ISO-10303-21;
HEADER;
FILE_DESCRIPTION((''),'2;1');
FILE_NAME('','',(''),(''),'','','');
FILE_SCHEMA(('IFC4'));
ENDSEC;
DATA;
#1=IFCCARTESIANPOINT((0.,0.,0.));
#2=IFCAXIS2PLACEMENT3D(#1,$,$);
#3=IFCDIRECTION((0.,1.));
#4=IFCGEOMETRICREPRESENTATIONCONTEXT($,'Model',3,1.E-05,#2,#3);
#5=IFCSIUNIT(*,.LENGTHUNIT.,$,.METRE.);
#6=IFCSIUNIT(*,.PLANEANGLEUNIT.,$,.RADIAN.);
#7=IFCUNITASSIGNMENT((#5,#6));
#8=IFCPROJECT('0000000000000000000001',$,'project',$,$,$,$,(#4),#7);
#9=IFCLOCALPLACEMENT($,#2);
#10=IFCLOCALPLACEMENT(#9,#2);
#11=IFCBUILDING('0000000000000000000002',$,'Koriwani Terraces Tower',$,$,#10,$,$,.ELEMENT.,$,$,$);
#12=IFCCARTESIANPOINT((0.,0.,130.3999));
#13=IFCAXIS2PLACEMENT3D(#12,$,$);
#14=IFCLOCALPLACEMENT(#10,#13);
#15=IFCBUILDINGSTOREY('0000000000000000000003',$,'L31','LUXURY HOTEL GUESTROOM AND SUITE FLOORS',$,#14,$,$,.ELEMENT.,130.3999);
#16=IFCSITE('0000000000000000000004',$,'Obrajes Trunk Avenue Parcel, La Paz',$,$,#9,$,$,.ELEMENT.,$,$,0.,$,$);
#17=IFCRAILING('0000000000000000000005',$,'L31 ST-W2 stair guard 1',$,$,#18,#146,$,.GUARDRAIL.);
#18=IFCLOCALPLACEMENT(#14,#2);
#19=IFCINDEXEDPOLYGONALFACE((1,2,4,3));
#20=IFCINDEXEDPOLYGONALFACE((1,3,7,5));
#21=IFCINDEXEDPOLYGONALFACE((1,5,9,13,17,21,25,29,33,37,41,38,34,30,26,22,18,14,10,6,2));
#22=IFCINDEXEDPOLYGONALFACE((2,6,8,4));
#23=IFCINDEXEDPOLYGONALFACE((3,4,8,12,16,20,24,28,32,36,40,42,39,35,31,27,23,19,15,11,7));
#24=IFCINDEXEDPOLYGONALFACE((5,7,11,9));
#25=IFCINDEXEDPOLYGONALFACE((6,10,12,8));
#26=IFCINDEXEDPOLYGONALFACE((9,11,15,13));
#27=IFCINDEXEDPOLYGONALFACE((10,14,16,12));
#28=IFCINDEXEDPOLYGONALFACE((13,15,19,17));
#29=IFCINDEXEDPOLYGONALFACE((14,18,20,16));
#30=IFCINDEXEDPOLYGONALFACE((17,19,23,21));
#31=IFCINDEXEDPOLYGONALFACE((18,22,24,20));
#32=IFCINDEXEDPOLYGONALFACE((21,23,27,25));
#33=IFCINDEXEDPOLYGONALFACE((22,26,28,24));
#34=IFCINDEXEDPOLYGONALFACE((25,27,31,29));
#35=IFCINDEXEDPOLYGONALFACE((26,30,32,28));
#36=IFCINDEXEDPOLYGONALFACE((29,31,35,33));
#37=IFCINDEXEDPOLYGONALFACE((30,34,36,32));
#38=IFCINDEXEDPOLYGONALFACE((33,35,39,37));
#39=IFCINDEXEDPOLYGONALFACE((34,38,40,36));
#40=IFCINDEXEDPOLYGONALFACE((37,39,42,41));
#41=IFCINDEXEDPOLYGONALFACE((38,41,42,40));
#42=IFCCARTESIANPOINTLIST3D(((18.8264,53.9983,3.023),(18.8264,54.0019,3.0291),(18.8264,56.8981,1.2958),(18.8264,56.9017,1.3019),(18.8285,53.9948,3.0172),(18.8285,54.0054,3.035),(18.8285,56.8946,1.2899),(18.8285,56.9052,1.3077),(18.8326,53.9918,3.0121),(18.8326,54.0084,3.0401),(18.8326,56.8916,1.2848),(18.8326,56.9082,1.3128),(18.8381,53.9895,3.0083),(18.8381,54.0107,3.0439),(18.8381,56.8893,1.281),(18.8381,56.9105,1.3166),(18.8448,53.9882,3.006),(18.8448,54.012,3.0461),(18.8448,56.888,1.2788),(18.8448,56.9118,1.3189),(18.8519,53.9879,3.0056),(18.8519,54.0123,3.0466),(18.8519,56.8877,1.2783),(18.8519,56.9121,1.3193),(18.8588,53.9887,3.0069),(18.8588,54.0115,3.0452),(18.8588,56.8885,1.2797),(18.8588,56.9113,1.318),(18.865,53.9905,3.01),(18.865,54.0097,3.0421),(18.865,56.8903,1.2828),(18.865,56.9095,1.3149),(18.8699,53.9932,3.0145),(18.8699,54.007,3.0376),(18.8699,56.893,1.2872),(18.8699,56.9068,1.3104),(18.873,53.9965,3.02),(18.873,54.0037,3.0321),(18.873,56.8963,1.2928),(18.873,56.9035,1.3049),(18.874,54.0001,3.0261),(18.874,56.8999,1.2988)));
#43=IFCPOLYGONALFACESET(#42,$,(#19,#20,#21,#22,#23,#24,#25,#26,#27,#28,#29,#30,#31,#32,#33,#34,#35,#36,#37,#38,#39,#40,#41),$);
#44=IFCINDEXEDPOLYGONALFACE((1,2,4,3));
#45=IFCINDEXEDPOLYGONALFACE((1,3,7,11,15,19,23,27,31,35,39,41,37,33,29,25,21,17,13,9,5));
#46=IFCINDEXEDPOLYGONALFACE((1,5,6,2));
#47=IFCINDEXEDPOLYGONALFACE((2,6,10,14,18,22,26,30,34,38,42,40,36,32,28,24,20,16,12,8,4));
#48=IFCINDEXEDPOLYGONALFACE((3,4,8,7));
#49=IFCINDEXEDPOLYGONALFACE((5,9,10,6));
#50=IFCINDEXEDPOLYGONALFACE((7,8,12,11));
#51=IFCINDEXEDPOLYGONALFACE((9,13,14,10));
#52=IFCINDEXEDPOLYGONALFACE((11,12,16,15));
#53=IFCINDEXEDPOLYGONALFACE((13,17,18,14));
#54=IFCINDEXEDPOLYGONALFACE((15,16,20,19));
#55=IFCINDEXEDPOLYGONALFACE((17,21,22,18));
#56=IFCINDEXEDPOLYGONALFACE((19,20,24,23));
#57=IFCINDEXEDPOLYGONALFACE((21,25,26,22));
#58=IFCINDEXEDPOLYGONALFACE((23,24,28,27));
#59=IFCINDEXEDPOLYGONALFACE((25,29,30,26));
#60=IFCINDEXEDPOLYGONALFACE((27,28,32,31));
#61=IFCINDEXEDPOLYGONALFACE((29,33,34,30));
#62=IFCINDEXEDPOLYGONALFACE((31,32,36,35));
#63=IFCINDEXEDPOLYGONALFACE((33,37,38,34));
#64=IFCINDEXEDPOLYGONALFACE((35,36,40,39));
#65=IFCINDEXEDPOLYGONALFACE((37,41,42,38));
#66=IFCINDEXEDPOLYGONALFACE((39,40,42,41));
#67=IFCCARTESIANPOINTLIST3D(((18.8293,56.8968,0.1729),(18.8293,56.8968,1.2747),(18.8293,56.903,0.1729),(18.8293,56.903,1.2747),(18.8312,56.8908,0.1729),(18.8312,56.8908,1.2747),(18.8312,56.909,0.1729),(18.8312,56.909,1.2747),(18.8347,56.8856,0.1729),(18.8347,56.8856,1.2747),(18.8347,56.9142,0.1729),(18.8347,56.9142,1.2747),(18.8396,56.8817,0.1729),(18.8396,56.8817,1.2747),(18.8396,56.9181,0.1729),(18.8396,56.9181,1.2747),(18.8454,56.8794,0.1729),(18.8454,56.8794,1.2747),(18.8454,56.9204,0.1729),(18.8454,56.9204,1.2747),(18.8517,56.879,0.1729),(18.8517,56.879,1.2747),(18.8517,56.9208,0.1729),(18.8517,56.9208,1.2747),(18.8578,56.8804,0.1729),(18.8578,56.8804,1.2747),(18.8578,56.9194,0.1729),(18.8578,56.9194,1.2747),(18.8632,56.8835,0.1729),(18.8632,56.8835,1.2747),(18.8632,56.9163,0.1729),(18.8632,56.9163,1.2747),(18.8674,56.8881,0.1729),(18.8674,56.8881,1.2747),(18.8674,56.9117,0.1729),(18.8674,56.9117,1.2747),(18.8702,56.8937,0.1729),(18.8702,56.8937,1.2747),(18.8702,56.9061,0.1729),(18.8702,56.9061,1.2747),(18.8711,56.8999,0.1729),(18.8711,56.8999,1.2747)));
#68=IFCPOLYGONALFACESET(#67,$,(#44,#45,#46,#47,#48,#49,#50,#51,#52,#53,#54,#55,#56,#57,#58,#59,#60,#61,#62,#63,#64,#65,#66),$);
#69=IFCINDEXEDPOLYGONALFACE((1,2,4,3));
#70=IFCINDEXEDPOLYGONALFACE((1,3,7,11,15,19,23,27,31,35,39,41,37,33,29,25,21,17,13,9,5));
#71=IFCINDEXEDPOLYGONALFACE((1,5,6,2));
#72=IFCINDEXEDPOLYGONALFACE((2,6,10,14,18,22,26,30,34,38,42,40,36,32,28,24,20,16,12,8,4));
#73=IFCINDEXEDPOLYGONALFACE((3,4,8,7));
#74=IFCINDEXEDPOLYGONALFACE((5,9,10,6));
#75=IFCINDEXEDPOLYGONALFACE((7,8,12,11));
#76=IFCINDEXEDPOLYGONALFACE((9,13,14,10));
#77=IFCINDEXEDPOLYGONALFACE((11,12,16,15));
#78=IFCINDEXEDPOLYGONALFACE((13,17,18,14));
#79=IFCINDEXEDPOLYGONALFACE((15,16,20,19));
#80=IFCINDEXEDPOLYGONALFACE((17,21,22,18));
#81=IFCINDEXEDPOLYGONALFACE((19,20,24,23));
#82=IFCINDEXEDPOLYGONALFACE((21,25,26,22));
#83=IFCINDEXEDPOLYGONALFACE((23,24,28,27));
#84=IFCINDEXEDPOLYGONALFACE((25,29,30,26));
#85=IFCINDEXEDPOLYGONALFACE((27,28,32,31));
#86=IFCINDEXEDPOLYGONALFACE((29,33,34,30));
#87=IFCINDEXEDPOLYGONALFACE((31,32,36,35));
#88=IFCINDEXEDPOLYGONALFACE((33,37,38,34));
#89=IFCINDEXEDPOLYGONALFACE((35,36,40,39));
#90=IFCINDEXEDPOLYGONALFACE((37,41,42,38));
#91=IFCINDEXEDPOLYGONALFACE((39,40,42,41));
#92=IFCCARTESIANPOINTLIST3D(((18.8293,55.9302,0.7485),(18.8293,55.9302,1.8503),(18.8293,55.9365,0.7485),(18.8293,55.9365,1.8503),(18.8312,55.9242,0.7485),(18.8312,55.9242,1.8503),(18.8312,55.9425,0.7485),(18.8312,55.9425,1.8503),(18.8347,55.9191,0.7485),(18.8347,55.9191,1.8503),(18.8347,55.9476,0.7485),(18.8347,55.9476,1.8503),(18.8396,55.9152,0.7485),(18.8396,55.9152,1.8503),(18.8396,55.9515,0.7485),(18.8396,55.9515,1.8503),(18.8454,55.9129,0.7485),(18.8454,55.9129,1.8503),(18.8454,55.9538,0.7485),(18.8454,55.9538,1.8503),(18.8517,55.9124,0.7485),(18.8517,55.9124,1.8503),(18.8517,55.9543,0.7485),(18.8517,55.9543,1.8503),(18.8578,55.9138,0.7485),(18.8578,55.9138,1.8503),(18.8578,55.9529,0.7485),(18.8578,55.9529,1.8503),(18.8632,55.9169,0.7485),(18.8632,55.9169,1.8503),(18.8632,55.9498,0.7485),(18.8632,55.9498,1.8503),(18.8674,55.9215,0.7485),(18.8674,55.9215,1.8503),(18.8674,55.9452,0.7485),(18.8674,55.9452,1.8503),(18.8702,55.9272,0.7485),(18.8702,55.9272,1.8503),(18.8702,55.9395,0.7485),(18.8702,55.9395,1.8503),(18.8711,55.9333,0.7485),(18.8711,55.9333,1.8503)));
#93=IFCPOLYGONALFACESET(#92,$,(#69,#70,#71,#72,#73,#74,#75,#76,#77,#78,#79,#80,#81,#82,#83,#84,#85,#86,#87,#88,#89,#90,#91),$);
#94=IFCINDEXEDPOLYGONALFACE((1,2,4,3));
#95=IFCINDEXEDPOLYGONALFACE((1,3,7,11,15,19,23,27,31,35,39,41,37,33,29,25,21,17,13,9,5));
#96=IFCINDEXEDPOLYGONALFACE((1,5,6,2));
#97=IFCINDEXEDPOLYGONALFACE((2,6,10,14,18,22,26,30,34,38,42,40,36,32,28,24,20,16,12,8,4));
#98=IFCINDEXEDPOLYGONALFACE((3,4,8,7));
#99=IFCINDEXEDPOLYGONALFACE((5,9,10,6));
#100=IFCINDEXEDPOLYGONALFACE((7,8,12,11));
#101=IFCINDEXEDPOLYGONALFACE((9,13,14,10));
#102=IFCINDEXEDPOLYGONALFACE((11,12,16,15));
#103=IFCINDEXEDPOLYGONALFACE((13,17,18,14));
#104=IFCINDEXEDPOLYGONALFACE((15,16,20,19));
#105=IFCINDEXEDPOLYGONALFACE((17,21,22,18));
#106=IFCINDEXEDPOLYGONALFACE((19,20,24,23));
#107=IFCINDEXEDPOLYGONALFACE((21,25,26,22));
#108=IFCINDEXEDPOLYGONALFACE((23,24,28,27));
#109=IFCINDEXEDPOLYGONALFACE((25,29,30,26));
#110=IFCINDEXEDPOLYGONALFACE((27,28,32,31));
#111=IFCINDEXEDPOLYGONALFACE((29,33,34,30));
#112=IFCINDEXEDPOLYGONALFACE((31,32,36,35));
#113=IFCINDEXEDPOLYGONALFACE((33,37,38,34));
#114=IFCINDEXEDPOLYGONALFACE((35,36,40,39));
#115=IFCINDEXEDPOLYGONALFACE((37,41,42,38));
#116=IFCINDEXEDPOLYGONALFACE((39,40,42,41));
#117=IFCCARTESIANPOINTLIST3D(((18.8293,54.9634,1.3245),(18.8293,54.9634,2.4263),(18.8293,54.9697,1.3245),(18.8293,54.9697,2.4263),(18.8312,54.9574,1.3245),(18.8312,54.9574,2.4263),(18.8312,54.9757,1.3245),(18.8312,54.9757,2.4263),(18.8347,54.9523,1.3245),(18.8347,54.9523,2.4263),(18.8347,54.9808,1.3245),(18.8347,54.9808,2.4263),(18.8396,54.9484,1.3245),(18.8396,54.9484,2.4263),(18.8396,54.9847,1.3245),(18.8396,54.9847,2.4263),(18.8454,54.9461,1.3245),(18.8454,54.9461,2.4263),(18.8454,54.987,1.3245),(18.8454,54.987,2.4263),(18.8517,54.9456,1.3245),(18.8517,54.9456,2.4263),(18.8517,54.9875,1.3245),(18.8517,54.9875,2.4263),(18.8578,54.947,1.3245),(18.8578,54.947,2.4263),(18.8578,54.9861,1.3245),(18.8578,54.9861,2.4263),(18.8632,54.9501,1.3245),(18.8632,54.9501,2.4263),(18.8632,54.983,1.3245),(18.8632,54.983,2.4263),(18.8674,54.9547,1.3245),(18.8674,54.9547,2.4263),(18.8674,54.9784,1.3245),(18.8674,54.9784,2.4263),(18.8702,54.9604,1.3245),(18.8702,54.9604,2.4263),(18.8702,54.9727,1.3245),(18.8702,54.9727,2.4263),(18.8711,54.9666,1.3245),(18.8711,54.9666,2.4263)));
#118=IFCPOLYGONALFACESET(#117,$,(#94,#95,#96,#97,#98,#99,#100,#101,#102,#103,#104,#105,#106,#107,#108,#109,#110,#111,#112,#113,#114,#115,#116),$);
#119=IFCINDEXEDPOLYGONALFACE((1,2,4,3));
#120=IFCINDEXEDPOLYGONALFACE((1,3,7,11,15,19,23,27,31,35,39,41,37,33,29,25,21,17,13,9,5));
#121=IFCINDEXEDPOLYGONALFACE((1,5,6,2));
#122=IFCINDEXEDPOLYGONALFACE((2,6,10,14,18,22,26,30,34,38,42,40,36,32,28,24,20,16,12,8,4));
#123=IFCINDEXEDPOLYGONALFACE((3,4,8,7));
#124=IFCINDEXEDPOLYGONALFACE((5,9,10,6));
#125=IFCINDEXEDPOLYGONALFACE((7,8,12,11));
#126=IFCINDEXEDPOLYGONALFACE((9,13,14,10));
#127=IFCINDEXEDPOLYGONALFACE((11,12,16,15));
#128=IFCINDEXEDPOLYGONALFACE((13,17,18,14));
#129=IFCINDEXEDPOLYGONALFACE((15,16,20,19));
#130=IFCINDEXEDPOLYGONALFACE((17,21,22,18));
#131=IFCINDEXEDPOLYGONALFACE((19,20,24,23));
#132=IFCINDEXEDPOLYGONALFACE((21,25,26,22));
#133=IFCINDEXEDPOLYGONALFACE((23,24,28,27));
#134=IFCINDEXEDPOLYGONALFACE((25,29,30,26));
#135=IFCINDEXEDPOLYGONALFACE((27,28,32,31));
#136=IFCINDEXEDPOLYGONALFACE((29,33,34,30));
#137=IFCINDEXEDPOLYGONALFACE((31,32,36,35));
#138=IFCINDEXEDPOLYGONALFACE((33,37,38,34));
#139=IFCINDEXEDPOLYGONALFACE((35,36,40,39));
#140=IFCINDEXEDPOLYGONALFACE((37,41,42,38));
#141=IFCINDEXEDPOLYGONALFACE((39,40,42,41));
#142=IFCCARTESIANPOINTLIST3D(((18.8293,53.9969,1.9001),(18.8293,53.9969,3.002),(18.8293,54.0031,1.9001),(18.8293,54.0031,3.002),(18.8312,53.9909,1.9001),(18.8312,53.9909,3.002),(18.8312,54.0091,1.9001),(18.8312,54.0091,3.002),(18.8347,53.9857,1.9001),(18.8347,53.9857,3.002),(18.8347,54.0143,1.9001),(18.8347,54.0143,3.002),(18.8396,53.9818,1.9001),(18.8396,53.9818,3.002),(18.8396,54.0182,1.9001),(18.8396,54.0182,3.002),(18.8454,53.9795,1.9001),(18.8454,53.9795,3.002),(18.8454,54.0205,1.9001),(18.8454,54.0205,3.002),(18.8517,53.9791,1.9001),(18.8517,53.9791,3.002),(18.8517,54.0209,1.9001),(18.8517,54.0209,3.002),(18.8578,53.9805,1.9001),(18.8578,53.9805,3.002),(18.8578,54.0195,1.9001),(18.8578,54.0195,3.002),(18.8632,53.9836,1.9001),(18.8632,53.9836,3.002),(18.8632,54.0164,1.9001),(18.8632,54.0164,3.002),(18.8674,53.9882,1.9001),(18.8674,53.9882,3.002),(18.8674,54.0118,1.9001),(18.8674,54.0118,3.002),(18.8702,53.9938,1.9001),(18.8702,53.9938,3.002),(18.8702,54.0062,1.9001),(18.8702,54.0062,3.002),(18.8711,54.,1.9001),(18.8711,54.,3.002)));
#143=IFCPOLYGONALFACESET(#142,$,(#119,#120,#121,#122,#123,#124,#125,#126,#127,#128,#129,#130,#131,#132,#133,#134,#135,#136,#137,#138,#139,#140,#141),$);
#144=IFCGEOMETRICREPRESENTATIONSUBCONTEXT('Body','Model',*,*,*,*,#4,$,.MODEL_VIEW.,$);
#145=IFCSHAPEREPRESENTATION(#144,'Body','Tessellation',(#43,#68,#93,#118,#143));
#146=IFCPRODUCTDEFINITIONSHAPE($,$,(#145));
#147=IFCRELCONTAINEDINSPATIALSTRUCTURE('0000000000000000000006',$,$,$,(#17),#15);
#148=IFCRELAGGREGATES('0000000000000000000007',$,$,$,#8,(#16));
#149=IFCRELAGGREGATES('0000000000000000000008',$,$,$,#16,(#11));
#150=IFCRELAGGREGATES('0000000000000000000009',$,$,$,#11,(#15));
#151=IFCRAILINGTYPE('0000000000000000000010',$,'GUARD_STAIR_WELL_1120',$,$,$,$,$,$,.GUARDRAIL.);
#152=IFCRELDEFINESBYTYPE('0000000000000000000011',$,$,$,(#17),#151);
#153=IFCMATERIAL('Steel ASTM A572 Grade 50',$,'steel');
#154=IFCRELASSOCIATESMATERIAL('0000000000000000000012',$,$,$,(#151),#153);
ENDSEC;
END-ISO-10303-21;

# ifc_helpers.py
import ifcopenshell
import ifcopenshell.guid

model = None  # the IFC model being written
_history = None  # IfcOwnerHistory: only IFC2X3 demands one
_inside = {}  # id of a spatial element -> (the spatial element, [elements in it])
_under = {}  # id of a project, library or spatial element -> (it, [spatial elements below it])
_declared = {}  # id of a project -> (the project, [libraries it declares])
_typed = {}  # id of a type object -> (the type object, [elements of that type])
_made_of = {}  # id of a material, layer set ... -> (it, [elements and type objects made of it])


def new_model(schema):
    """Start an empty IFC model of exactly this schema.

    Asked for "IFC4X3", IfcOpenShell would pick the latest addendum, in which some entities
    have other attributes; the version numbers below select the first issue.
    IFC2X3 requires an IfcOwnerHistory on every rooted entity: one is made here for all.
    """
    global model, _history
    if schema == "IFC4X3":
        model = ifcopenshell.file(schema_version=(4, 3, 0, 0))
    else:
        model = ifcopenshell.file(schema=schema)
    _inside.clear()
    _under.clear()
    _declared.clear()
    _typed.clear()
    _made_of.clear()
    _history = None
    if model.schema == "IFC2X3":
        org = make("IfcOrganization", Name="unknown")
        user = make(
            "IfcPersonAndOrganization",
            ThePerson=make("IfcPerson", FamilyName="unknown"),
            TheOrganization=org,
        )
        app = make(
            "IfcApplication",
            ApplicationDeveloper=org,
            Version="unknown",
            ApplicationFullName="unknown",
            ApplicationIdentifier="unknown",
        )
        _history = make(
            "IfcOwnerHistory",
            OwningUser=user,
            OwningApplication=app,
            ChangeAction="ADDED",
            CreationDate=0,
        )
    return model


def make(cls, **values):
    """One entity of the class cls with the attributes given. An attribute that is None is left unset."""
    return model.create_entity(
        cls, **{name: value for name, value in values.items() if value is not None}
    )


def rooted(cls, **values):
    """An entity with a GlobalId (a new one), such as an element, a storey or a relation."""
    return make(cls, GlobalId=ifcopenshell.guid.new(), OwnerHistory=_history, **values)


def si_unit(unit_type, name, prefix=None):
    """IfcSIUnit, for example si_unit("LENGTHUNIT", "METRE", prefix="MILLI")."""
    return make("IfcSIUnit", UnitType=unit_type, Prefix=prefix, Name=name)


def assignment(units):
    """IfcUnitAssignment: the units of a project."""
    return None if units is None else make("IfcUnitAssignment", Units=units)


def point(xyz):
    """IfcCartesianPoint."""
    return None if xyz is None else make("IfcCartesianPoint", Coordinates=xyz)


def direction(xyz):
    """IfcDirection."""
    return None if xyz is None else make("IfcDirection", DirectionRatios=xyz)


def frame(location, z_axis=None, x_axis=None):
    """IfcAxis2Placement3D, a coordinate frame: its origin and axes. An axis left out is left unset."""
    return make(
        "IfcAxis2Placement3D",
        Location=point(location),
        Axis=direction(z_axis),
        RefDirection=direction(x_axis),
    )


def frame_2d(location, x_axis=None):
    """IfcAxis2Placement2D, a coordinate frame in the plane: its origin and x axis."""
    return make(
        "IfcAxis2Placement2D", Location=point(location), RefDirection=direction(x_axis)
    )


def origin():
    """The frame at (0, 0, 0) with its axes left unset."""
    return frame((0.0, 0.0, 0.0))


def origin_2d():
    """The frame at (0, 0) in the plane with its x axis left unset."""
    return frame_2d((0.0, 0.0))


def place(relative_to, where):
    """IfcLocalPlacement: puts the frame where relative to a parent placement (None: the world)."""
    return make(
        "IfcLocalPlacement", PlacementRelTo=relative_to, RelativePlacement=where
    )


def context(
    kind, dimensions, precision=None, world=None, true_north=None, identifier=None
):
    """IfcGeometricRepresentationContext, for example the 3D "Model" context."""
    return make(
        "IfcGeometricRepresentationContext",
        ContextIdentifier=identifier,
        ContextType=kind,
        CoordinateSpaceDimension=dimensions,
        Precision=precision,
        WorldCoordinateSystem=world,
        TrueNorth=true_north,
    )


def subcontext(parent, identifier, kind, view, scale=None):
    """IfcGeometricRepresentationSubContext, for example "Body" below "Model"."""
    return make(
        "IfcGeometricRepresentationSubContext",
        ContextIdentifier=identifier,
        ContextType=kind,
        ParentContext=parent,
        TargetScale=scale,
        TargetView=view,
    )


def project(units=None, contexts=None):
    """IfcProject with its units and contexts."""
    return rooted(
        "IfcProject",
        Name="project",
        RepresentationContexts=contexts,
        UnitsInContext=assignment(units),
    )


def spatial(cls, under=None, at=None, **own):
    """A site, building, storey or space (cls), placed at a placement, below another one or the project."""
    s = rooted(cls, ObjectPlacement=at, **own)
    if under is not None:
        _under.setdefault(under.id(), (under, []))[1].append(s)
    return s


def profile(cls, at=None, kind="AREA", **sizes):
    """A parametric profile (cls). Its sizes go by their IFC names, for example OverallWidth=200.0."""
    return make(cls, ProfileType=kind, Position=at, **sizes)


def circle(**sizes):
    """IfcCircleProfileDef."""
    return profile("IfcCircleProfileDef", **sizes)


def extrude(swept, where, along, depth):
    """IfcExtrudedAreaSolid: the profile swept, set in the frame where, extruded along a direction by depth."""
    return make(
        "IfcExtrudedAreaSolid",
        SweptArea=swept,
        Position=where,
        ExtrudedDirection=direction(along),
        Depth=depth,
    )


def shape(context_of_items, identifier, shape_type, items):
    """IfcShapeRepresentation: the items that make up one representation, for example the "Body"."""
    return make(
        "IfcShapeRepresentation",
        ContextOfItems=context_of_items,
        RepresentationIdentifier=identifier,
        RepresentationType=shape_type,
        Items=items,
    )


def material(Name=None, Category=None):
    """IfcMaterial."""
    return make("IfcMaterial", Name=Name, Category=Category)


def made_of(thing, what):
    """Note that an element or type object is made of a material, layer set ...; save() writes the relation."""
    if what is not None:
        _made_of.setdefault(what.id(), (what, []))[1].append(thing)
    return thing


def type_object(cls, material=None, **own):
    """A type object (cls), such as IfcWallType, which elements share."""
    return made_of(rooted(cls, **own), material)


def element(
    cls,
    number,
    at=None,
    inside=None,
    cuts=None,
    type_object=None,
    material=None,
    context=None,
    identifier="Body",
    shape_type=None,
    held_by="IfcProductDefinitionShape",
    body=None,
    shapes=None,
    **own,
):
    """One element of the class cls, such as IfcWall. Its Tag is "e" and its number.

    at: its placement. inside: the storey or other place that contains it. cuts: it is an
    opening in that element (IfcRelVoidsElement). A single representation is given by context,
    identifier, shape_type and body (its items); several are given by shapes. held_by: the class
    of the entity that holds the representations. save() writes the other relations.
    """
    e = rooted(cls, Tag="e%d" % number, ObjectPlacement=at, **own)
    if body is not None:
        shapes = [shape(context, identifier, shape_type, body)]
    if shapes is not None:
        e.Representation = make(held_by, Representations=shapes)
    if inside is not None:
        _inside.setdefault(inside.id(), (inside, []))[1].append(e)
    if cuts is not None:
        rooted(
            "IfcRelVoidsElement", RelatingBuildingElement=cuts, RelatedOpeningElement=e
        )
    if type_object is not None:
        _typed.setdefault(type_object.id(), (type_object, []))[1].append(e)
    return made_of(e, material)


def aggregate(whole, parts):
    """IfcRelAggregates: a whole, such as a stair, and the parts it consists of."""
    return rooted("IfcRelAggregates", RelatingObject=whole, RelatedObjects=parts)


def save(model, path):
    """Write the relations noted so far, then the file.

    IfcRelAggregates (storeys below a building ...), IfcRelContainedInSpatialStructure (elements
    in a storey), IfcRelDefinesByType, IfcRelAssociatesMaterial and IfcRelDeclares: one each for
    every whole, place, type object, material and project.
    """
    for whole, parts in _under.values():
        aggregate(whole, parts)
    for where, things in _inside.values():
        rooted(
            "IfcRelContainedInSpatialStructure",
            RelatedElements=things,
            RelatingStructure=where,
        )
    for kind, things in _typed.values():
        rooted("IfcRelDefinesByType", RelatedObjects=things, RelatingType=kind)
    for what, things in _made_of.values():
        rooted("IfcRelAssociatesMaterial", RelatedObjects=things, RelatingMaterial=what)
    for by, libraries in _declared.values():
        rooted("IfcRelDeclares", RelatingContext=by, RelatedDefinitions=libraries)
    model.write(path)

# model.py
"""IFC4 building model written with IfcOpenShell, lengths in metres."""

from ifc_helpers import new_model, si_unit, direction, frame, origin, origin_2d, place, context, subcontext, project, spatial, circle, extrude, material, type_object, element, save


model = new_model("IFC4")

# Units and contexts
model_context = context("Model", 3, precision=1e-05, world=origin(), true_north=direction((0.0, 1.0)))
body_context = subcontext(model_context, "Body", "Model", "MODEL_VIEW")
ifc_project = project(units=[si_unit("LENGTHUNIT", "METRE"), si_unit("PLANEANGLEUNIT", "RADIAN")], contexts=[model_context])

# Site, building, storey
site_placement = place(None, origin())
site = spatial("IfcSite", under=ifc_project, at=site_placement, Name="Obrajes Trunk Avenue Parcel, La Paz", CompositionType="ELEMENT", RefElevation=0.0)
building_placement = place(site_placement, origin())
building = spatial("IfcBuilding", under=site, at=building_placement, Name="Koriwani Terraces Tower", CompositionType="ELEMENT")
storey_placement = place(building_placement, frame((0.0, 0.0, 130.3999)))
storey = spatial("IfcBuildingStorey", under=building, at=storey_placement, Name="L31", Description="LUXURY HOTEL GUESTROOM AND SUITE FLOORS", CompositionType="ELEMENT", Elevation=130.3999)

# Shared definitions
ifc_material_1 = material(Name="Steel ASTM A572 Grade 50", Category="steel")

# Railing
railing_type = type_object("IfcRailingType", Name="GUARD_STAIR_WELL_1120", PredefinedType="GUARDRAIL", material=ifc_material_1)
railing_1_placement = place(storey_placement, frame((18.8501, 56.8999, 0.1729)))
element("IfcRailing", 1, at=railing_1_placement, inside=storey, type_object=railing_type, Name="L31 ST-W2 stair guard 1", PredefinedType="GUARDRAIL", context=body_context, shape_type="SweptSolid", body=[
    extrude(circle(Radius=0.0239, at=origin_2d()), frame((0.0, 0.0, 1.126), z_axis=(0.0, -0.859141, 0.511738), x_axis=(1.0, 0.0, 0.0)), (0.0, 0.0, 1.0), 3.3752),
    extrude(circle(Radius=0.021, at=origin_2d()), origin(), (0.0, 0.0, 1.0), 1.1018),
    extrude(circle(Radius=0.021, at=origin_2d()), frame((0.0, -0.9666, 0.5757)), (0.0, 0.0, 1.0), 1.1018),
    extrude(circle(Radius=0.021, at=origin_2d()), frame((0.0, -1.9333, 1.1516)), (0.0, 0.0, 1.0), 1.1018),
    extrude(circle(Radius=0.021, at=origin_2d()), frame((0.0, -2.8999, 1.7273)), (0.0, 0.0, 1.0), 1.1018),
])

save(model, "model.ifc")
